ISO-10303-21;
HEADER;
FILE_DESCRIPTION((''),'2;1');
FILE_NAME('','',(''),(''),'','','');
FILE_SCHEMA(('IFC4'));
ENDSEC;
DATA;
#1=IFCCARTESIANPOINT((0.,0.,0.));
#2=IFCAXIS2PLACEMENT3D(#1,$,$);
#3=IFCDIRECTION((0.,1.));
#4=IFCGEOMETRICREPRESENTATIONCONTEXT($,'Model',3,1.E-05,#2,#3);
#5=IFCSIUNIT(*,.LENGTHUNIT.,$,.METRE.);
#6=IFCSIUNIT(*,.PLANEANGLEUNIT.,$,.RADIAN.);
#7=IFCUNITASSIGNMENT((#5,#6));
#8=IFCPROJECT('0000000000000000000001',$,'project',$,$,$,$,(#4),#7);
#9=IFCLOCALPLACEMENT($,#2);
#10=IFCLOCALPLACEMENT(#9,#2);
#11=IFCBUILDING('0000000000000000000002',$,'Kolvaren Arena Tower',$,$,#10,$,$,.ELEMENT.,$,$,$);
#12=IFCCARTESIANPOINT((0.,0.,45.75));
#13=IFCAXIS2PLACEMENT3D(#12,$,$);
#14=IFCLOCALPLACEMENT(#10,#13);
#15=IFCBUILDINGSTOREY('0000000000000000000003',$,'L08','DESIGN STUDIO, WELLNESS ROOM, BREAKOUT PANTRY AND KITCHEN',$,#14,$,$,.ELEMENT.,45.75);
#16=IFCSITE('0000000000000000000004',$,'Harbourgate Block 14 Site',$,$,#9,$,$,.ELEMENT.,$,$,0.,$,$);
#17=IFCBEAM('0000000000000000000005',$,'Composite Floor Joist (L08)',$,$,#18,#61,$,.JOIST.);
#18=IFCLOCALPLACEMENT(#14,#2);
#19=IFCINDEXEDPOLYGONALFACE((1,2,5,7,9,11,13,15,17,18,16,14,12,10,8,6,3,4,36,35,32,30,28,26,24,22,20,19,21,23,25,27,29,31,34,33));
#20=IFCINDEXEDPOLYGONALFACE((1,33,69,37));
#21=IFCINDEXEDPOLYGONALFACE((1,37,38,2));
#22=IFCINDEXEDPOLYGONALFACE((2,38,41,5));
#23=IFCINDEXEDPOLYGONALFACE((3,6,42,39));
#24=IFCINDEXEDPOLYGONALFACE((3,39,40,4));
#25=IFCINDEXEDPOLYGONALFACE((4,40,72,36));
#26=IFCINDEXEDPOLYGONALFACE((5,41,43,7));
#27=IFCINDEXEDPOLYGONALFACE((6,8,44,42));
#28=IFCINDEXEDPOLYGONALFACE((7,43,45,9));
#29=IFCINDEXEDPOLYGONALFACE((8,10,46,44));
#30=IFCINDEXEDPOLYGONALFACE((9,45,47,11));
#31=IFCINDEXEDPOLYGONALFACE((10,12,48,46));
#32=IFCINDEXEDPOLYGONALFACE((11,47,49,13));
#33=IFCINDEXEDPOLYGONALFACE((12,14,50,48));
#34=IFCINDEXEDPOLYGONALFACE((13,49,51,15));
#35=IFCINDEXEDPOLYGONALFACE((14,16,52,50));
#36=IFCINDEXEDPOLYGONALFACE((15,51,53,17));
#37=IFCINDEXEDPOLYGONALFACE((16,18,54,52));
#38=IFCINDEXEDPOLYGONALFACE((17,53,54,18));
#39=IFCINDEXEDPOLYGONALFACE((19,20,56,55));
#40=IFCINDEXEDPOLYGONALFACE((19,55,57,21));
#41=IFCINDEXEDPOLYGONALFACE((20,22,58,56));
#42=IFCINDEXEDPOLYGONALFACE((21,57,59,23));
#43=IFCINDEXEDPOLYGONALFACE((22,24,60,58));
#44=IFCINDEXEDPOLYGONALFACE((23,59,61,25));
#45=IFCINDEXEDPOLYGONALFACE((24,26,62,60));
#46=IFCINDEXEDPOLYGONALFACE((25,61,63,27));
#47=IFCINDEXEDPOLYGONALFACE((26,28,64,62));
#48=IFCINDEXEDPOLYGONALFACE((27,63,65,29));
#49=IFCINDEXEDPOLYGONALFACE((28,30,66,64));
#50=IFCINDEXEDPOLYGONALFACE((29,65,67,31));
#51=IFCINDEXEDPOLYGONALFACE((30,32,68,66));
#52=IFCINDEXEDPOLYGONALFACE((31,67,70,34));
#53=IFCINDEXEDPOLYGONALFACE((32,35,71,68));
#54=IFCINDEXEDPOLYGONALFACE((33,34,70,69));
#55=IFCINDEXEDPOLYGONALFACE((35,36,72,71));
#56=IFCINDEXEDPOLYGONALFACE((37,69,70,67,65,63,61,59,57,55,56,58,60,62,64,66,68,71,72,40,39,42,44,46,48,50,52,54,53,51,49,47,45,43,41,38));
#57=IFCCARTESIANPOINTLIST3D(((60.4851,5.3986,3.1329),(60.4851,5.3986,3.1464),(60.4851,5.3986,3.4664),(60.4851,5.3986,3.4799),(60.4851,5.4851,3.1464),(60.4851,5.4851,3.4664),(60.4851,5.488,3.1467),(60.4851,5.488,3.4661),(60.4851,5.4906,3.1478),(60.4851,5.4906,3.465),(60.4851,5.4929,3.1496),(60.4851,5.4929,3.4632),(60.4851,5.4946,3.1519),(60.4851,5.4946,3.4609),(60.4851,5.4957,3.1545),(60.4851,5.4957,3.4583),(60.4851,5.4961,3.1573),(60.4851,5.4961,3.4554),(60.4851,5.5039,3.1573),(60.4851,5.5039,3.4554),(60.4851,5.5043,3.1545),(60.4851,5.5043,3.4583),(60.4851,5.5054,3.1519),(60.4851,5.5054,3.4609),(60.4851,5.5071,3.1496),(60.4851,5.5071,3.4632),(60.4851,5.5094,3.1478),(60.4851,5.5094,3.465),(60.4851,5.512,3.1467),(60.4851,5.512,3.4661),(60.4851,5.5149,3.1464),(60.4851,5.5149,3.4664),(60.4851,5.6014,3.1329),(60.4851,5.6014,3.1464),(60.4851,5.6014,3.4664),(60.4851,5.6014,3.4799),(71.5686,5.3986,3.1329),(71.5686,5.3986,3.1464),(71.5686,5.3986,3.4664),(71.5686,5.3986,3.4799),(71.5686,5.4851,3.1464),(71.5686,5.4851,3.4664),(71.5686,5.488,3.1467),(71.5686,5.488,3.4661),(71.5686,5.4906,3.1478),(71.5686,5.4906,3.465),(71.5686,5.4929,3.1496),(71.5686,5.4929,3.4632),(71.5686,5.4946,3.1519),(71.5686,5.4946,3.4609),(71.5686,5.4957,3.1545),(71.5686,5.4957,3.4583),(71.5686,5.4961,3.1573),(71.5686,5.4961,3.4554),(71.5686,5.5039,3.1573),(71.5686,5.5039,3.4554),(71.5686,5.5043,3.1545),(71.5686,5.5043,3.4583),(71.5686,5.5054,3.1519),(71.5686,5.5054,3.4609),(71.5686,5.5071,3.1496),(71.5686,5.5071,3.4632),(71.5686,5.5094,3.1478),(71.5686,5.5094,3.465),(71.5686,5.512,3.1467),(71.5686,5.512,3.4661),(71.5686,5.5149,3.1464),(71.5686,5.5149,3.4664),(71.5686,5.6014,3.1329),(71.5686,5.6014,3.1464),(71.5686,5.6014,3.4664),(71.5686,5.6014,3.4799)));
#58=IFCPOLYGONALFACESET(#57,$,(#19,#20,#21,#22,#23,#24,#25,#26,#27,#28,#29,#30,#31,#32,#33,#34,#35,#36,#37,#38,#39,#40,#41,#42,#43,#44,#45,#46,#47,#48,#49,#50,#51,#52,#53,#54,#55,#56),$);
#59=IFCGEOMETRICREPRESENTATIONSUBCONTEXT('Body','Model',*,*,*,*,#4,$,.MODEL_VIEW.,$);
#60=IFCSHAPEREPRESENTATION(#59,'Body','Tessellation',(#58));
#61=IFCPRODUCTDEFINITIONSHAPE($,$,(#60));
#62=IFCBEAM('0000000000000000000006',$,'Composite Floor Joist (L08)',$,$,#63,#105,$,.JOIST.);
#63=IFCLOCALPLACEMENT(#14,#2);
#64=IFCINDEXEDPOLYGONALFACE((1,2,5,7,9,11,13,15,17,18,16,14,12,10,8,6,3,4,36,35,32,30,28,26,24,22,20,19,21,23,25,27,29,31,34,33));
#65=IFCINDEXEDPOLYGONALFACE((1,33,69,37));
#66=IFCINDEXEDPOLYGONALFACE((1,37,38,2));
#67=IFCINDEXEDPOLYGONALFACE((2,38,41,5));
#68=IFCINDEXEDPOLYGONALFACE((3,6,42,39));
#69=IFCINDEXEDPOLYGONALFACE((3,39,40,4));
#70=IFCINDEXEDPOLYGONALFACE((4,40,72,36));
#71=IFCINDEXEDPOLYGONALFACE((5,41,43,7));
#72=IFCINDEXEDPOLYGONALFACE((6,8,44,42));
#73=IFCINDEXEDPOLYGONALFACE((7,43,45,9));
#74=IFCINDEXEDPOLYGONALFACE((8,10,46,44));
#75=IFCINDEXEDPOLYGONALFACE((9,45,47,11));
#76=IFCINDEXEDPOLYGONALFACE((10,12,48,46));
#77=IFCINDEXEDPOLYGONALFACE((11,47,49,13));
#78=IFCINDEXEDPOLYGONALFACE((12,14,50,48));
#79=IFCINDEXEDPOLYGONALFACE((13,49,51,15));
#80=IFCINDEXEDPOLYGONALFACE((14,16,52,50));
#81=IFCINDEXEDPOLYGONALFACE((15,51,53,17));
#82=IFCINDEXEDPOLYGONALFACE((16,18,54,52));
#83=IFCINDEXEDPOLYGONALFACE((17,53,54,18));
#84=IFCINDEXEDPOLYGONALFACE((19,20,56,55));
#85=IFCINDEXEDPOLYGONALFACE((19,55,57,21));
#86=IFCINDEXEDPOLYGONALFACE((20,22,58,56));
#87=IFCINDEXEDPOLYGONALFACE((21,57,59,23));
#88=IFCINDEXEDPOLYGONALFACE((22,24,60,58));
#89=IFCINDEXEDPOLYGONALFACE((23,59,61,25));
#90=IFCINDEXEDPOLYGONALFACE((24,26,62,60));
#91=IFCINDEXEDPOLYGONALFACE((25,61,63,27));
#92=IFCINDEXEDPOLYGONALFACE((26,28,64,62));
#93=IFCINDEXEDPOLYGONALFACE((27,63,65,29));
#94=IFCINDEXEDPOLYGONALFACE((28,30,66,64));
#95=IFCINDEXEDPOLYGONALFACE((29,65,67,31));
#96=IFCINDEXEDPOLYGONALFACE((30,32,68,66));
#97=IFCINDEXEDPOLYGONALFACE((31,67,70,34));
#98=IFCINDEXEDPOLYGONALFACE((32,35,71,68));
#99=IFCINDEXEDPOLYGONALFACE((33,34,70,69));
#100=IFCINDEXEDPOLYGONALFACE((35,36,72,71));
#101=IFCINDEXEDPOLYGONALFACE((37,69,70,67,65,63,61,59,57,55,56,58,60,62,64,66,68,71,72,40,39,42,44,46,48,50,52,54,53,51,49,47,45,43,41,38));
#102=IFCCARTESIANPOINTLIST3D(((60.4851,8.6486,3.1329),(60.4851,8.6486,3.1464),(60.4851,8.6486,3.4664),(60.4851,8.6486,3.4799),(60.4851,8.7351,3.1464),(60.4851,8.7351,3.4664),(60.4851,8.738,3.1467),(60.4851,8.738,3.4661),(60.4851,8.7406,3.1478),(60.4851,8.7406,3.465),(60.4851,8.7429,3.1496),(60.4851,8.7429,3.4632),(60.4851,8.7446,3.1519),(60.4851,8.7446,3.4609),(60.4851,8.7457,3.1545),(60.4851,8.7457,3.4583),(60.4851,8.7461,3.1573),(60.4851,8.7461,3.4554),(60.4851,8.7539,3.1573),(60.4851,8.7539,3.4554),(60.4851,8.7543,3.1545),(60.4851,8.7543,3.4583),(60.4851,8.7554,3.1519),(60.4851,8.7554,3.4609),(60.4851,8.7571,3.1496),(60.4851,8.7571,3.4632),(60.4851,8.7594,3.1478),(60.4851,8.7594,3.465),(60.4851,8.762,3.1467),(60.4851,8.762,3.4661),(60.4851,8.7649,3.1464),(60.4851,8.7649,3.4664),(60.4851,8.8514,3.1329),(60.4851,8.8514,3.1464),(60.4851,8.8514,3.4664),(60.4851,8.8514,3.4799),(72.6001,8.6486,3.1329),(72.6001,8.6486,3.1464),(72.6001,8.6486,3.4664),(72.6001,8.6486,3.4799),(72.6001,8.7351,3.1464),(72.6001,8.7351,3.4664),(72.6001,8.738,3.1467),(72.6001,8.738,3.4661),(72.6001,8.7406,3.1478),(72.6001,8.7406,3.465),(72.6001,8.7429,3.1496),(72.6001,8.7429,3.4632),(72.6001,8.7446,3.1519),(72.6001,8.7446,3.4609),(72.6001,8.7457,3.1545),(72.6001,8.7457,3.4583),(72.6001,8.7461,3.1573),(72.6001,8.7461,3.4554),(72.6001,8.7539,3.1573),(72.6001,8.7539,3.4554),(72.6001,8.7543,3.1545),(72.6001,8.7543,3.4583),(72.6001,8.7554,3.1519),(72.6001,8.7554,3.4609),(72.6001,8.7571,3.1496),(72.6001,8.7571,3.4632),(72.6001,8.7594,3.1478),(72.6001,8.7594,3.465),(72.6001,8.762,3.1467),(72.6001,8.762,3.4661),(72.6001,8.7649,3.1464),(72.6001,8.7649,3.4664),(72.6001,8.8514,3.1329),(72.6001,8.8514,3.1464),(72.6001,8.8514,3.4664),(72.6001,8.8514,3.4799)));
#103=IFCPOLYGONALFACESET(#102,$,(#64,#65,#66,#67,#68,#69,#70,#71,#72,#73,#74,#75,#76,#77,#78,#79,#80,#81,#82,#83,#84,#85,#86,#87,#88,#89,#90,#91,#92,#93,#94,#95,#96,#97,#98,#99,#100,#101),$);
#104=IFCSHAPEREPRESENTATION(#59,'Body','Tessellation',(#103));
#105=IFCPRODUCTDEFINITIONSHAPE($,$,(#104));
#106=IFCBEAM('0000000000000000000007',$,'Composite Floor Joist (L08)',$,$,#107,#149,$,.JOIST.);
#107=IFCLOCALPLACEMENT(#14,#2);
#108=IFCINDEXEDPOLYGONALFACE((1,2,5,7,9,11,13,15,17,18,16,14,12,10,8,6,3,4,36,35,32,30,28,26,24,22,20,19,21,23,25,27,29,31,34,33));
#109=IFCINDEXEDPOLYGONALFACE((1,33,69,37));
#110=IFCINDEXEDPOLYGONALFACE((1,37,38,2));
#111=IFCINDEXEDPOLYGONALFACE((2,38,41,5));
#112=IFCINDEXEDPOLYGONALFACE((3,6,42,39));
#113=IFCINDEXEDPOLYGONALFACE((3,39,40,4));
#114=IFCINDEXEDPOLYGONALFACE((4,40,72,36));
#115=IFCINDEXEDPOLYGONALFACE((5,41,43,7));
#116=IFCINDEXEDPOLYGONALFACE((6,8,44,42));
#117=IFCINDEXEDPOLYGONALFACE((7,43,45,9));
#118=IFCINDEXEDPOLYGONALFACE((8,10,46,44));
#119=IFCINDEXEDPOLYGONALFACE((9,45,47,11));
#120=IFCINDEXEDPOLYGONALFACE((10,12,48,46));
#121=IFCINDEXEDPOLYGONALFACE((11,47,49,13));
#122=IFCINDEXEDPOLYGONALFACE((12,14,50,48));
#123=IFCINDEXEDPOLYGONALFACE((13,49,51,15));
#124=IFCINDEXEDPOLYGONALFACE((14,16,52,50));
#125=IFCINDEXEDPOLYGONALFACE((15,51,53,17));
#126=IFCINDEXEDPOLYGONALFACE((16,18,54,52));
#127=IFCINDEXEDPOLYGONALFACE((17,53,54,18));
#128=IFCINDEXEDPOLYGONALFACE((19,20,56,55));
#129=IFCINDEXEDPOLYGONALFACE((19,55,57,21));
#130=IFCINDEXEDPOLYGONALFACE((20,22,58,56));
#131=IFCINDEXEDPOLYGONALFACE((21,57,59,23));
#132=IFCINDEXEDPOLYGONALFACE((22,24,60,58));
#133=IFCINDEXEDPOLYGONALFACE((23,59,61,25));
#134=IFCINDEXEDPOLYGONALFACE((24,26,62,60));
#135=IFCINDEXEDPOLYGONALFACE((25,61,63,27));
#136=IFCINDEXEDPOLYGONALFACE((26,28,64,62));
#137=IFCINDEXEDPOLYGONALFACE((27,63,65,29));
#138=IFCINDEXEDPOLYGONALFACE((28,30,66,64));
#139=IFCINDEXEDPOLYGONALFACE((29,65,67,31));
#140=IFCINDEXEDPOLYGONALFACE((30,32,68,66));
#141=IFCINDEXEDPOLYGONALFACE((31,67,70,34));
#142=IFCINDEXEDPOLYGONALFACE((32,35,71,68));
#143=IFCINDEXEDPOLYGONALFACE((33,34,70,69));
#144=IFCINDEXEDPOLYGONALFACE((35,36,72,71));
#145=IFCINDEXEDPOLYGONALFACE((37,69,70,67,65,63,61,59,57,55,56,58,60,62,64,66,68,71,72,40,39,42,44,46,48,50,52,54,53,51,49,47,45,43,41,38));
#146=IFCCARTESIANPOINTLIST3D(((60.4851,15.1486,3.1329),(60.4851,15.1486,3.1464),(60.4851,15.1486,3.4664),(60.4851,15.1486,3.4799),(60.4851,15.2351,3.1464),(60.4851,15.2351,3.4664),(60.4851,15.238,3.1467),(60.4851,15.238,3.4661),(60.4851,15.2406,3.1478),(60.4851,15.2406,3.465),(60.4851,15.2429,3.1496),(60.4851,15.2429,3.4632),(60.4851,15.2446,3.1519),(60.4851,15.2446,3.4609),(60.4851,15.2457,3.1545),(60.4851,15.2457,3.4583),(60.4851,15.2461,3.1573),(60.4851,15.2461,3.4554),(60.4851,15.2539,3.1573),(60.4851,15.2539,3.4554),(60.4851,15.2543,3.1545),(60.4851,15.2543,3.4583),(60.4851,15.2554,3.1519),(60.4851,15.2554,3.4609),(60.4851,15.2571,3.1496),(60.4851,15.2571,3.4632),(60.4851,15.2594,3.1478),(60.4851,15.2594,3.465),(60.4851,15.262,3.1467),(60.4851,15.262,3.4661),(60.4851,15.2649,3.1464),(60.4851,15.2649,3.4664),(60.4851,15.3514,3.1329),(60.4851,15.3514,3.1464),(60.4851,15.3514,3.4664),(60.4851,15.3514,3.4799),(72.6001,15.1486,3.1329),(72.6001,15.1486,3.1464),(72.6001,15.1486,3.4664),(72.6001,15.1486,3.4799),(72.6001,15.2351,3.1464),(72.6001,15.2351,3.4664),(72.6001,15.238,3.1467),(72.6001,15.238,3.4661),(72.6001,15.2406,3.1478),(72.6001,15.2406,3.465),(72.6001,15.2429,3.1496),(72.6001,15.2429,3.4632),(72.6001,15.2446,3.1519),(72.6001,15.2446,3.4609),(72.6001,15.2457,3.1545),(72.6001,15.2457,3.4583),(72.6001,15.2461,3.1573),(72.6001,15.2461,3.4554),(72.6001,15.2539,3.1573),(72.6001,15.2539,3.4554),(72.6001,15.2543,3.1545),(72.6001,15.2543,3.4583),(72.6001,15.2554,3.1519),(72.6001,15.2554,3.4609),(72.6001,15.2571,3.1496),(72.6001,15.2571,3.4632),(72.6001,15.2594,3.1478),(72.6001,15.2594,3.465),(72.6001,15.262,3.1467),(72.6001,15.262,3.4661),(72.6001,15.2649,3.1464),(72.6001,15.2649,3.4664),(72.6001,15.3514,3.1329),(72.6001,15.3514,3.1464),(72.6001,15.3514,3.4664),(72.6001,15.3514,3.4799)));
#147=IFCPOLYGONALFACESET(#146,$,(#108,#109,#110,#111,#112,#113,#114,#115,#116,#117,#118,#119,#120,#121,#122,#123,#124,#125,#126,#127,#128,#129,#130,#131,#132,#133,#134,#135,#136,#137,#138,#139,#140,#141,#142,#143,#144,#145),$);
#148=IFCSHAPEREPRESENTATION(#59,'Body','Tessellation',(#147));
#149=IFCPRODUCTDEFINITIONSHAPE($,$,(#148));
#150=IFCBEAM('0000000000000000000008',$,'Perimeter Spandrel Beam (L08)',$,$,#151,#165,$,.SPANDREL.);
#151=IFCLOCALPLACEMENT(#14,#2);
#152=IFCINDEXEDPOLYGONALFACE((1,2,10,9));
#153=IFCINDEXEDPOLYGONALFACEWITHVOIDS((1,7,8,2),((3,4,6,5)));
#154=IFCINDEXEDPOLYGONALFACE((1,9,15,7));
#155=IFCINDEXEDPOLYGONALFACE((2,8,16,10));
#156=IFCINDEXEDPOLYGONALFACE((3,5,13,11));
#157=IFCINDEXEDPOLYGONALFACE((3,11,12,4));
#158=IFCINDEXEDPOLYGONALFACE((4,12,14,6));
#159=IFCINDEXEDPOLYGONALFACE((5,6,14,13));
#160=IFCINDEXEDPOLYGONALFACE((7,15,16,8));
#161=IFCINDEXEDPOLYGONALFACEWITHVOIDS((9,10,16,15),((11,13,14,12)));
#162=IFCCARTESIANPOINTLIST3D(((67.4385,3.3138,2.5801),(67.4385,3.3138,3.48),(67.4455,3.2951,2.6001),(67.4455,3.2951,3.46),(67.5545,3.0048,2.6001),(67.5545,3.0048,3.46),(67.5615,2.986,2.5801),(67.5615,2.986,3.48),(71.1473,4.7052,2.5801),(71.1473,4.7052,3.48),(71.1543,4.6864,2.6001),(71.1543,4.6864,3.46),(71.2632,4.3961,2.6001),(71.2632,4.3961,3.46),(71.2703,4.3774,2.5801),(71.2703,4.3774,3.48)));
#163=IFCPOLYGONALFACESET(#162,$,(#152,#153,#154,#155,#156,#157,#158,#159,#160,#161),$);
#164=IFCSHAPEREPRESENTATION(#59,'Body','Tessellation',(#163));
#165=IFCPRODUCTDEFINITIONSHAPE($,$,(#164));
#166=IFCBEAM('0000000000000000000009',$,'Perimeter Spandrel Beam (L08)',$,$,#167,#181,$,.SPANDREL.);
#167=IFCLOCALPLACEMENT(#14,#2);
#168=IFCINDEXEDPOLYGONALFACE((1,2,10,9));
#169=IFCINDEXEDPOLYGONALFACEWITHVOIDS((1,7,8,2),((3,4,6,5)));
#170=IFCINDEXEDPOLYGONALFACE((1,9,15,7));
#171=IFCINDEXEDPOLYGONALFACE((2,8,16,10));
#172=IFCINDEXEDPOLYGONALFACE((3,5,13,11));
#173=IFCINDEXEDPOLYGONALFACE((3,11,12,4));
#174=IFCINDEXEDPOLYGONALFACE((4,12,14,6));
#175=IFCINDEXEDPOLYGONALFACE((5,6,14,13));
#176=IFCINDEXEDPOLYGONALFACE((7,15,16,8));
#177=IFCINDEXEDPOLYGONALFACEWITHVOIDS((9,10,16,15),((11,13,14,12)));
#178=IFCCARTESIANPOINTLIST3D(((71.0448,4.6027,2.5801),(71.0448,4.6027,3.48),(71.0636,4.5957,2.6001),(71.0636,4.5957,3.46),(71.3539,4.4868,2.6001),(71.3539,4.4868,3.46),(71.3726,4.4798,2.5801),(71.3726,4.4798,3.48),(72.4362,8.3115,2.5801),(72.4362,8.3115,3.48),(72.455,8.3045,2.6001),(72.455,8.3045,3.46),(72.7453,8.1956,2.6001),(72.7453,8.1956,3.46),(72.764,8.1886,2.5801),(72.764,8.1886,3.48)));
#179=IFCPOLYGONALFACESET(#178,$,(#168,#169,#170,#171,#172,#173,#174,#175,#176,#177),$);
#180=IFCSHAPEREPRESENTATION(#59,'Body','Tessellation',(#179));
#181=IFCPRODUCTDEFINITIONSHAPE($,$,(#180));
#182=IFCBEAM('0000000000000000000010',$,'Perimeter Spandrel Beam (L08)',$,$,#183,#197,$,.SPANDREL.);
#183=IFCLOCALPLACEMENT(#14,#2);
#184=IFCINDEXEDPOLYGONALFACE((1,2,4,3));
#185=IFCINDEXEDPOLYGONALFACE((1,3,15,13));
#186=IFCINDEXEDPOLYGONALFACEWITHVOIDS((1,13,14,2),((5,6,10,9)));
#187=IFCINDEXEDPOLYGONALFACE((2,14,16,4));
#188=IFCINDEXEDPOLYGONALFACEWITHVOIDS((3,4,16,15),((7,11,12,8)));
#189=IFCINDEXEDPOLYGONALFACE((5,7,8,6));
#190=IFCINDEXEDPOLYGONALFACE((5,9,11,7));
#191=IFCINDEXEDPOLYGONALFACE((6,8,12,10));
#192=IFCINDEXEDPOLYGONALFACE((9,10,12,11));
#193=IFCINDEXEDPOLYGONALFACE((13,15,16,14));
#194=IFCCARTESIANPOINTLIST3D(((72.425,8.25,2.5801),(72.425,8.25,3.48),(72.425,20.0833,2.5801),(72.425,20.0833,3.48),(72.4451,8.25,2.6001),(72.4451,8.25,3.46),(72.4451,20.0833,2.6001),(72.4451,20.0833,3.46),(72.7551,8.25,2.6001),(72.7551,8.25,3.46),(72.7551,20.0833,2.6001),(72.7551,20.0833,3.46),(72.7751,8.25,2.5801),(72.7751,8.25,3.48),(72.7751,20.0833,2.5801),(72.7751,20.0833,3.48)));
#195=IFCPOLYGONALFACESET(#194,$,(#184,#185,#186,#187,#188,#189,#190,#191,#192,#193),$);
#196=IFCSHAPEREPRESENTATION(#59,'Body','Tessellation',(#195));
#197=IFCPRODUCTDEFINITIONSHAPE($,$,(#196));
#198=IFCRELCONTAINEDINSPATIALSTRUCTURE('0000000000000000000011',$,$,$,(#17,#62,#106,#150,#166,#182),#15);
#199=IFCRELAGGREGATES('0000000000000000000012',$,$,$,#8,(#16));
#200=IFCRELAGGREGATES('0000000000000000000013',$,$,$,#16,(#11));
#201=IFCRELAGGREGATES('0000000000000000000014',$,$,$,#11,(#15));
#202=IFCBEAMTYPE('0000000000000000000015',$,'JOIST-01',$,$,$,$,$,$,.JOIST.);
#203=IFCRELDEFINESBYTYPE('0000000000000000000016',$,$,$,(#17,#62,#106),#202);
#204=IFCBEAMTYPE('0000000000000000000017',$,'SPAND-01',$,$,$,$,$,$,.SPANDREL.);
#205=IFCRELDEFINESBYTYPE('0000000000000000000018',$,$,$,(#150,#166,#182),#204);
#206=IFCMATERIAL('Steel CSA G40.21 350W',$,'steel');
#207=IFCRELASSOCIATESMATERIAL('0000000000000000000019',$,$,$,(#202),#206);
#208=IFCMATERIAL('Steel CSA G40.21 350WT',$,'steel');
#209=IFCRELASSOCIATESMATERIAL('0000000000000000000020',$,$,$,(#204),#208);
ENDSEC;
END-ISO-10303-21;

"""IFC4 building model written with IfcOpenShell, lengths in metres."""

from ifc_helpers import new_model, si_unit, direction, frame, origin, origin_2d, place, context, subcontext, project, spatial, hollow_rectangle, i_section, extrude, material, material_profile, profile_set, type_object, element, save


model = new_model("IFC4")

# Units and contexts
model_context = context("Model", 3, precision=1e-05, world=origin(), true_north=direction((0.0, 1.0)))
body_context = subcontext(model_context, "Body", "Model", "MODEL_VIEW")
ifc_project = project(units=[si_unit("LENGTHUNIT", "METRE"), si_unit("PLANEANGLEUNIT", "RADIAN")], contexts=[model_context])

# Site, building, storey
site_placement = place(None, origin())
site = spatial("IfcSite", under=ifc_project, at=site_placement, Name="Harbourgate Block 14 Site", CompositionType="ELEMENT", RefElevation=0.0)
building_placement = place(site_placement, origin())
building = spatial("IfcBuilding", under=site, at=building_placement, Name="Kolvaren Arena Tower", CompositionType="ELEMENT")
storey_placement = place(building_placement, frame((0.0, 0.0, 45.75)))
storey = spatial("IfcBuildingStorey", under=building, at=storey_placement, Name="L08", Description="DESIGN STUDIO, WELLNESS ROOM, BREAKOUT PANTRY AND KITCHEN", CompositionType="ELEMENT", Elevation=45.75)

# Beams
ifc_material_1 = material(Name="Steel CSA G40.21 350W", Category="steel")
ifc_material_profile_1 = material_profile(ifc_material_1, i_section(OverallWidth=0.2029, OverallDepth=0.3469, WebThickness=0.0078, FlangeThickness=0.0134, FilletRadius=0.011, at=origin_2d()), Name="W360x64")
ifc_profile_set_1 = profile_set([ifc_material_profile_1], Name="Steel CSA G40.21 350W")
beam_type_1 = type_object("IfcBeamType", Name="JOIST-01", PredefinedType="JOIST", material=ifc_profile_set_1)
beam_1_placement = place(storey_placement, frame((60.4851, 5.5, 3.3064), z_axis=(1.0, 0.0, 0.0), x_axis=(0.0, 1.0, 0.0)))
element("IfcBeam", 1, at=beam_1_placement, inside=storey, type_object=beam_type_1, Name="Composite Floor Joist (L08)", PredefinedType="JOIST", context=body_context, shape_type="SweptSolid", body=[
    extrude(i_section(OverallWidth=0.2029, OverallDepth=0.3469, WebThickness=0.0078, FlangeThickness=0.0134, FilletRadius=0.011, at=origin_2d()), origin(), (0.0, 0.0, 1.0), 11.0835),
])
for number, where, z_axis, x_axis, name in (
    (2, (60.4851, 8.75, 3.3064), (1.0, 0.0, 0.0), (0.0, 1.0, 0.0), "Composite Floor Joist (L08)"),
    (3, (60.4851, 15.25, 3.3064), (1.0, 0.0, 0.0), (0.0, 1.0, 0.0), "Composite Floor Joist (L08)"),
):
    element("IfcBeam", number, at=place(storey_placement, frame(where, z_axis=z_axis, x_axis=x_axis)), inside=storey, type_object=beam_type_1, Name=name, PredefinedType="JOIST", context=body_context, shape_type="SweptSolid", body=[
        extrude(i_section(OverallWidth=0.2029, OverallDepth=0.3469, WebThickness=0.0078, FlangeThickness=0.0134, FilletRadius=0.011, at=origin_2d()), origin(), (0.0, 0.0, 1.0), 12.115),
    ])
ifc_material_2 = material(Name="Steel CSA G40.21 350WT", Category="steel")
ifc_material_profile_2 = material_profile(ifc_material_2, hollow_rectangle(XDim=0.3501, YDim=0.8999, WallThickness=0.02, at=origin_2d()), Name="HSS 900x350x20")
ifc_profile_set_2 = profile_set([ifc_material_profile_2], Name="Steel CSA G40.21 350WT")
beam_type_2 = type_object("IfcBeamType", Name="SPAND-01", PredefinedType="SPANDREL", material=ifc_profile_set_2)
for number, where, z_axis, x_axis, name in (
    (4, (67.5, 3.1499, 3.03), (0.936281, 0.351252, 0.0), (-0.351252, 0.936281, 0.0), "Perimeter Spandrel Beam (L08)"),
    (5, (71.2087, 4.5413, 3.03), (0.351252, 0.936281, 0.0), (-0.936281, 0.351252, 0.0), "Perimeter Spandrel Beam (L08)"),
):
    element("IfcBeam", number, at=place(storey_placement, frame(where, z_axis=z_axis, x_axis=x_axis)), inside=storey, type_object=beam_type_2, Name=name, PredefinedType="SPANDREL", context=body_context, shape_type="SweptSolid", body=[
        extrude(hollow_rectangle(XDim=0.3501, YDim=0.8999, WallThickness=0.02, at=origin_2d()), origin(), (0.0, 0.0, 1.0), 3.9612),
    ])
beam_2_placement = place(storey_placement, frame((72.6001, 8.25, 3.03), z_axis=(0.0, 1.0, 0.0), x_axis=(-1.0, 0.0, 0.0)))
element("IfcBeam", 6, at=beam_2_placement, inside=storey, type_object=beam_type_2, Name="Perimeter Spandrel Beam (L08)", PredefinedType="SPANDREL", context=body_context, shape_type="SweptSolid", body=[
    extrude(hollow_rectangle(XDim=0.3501, YDim=0.8999, WallThickness=0.02, at=origin_2d()), origin(), (0.0, 0.0, 1.0), 11.8333),
])

save(model, "model.ifc")
